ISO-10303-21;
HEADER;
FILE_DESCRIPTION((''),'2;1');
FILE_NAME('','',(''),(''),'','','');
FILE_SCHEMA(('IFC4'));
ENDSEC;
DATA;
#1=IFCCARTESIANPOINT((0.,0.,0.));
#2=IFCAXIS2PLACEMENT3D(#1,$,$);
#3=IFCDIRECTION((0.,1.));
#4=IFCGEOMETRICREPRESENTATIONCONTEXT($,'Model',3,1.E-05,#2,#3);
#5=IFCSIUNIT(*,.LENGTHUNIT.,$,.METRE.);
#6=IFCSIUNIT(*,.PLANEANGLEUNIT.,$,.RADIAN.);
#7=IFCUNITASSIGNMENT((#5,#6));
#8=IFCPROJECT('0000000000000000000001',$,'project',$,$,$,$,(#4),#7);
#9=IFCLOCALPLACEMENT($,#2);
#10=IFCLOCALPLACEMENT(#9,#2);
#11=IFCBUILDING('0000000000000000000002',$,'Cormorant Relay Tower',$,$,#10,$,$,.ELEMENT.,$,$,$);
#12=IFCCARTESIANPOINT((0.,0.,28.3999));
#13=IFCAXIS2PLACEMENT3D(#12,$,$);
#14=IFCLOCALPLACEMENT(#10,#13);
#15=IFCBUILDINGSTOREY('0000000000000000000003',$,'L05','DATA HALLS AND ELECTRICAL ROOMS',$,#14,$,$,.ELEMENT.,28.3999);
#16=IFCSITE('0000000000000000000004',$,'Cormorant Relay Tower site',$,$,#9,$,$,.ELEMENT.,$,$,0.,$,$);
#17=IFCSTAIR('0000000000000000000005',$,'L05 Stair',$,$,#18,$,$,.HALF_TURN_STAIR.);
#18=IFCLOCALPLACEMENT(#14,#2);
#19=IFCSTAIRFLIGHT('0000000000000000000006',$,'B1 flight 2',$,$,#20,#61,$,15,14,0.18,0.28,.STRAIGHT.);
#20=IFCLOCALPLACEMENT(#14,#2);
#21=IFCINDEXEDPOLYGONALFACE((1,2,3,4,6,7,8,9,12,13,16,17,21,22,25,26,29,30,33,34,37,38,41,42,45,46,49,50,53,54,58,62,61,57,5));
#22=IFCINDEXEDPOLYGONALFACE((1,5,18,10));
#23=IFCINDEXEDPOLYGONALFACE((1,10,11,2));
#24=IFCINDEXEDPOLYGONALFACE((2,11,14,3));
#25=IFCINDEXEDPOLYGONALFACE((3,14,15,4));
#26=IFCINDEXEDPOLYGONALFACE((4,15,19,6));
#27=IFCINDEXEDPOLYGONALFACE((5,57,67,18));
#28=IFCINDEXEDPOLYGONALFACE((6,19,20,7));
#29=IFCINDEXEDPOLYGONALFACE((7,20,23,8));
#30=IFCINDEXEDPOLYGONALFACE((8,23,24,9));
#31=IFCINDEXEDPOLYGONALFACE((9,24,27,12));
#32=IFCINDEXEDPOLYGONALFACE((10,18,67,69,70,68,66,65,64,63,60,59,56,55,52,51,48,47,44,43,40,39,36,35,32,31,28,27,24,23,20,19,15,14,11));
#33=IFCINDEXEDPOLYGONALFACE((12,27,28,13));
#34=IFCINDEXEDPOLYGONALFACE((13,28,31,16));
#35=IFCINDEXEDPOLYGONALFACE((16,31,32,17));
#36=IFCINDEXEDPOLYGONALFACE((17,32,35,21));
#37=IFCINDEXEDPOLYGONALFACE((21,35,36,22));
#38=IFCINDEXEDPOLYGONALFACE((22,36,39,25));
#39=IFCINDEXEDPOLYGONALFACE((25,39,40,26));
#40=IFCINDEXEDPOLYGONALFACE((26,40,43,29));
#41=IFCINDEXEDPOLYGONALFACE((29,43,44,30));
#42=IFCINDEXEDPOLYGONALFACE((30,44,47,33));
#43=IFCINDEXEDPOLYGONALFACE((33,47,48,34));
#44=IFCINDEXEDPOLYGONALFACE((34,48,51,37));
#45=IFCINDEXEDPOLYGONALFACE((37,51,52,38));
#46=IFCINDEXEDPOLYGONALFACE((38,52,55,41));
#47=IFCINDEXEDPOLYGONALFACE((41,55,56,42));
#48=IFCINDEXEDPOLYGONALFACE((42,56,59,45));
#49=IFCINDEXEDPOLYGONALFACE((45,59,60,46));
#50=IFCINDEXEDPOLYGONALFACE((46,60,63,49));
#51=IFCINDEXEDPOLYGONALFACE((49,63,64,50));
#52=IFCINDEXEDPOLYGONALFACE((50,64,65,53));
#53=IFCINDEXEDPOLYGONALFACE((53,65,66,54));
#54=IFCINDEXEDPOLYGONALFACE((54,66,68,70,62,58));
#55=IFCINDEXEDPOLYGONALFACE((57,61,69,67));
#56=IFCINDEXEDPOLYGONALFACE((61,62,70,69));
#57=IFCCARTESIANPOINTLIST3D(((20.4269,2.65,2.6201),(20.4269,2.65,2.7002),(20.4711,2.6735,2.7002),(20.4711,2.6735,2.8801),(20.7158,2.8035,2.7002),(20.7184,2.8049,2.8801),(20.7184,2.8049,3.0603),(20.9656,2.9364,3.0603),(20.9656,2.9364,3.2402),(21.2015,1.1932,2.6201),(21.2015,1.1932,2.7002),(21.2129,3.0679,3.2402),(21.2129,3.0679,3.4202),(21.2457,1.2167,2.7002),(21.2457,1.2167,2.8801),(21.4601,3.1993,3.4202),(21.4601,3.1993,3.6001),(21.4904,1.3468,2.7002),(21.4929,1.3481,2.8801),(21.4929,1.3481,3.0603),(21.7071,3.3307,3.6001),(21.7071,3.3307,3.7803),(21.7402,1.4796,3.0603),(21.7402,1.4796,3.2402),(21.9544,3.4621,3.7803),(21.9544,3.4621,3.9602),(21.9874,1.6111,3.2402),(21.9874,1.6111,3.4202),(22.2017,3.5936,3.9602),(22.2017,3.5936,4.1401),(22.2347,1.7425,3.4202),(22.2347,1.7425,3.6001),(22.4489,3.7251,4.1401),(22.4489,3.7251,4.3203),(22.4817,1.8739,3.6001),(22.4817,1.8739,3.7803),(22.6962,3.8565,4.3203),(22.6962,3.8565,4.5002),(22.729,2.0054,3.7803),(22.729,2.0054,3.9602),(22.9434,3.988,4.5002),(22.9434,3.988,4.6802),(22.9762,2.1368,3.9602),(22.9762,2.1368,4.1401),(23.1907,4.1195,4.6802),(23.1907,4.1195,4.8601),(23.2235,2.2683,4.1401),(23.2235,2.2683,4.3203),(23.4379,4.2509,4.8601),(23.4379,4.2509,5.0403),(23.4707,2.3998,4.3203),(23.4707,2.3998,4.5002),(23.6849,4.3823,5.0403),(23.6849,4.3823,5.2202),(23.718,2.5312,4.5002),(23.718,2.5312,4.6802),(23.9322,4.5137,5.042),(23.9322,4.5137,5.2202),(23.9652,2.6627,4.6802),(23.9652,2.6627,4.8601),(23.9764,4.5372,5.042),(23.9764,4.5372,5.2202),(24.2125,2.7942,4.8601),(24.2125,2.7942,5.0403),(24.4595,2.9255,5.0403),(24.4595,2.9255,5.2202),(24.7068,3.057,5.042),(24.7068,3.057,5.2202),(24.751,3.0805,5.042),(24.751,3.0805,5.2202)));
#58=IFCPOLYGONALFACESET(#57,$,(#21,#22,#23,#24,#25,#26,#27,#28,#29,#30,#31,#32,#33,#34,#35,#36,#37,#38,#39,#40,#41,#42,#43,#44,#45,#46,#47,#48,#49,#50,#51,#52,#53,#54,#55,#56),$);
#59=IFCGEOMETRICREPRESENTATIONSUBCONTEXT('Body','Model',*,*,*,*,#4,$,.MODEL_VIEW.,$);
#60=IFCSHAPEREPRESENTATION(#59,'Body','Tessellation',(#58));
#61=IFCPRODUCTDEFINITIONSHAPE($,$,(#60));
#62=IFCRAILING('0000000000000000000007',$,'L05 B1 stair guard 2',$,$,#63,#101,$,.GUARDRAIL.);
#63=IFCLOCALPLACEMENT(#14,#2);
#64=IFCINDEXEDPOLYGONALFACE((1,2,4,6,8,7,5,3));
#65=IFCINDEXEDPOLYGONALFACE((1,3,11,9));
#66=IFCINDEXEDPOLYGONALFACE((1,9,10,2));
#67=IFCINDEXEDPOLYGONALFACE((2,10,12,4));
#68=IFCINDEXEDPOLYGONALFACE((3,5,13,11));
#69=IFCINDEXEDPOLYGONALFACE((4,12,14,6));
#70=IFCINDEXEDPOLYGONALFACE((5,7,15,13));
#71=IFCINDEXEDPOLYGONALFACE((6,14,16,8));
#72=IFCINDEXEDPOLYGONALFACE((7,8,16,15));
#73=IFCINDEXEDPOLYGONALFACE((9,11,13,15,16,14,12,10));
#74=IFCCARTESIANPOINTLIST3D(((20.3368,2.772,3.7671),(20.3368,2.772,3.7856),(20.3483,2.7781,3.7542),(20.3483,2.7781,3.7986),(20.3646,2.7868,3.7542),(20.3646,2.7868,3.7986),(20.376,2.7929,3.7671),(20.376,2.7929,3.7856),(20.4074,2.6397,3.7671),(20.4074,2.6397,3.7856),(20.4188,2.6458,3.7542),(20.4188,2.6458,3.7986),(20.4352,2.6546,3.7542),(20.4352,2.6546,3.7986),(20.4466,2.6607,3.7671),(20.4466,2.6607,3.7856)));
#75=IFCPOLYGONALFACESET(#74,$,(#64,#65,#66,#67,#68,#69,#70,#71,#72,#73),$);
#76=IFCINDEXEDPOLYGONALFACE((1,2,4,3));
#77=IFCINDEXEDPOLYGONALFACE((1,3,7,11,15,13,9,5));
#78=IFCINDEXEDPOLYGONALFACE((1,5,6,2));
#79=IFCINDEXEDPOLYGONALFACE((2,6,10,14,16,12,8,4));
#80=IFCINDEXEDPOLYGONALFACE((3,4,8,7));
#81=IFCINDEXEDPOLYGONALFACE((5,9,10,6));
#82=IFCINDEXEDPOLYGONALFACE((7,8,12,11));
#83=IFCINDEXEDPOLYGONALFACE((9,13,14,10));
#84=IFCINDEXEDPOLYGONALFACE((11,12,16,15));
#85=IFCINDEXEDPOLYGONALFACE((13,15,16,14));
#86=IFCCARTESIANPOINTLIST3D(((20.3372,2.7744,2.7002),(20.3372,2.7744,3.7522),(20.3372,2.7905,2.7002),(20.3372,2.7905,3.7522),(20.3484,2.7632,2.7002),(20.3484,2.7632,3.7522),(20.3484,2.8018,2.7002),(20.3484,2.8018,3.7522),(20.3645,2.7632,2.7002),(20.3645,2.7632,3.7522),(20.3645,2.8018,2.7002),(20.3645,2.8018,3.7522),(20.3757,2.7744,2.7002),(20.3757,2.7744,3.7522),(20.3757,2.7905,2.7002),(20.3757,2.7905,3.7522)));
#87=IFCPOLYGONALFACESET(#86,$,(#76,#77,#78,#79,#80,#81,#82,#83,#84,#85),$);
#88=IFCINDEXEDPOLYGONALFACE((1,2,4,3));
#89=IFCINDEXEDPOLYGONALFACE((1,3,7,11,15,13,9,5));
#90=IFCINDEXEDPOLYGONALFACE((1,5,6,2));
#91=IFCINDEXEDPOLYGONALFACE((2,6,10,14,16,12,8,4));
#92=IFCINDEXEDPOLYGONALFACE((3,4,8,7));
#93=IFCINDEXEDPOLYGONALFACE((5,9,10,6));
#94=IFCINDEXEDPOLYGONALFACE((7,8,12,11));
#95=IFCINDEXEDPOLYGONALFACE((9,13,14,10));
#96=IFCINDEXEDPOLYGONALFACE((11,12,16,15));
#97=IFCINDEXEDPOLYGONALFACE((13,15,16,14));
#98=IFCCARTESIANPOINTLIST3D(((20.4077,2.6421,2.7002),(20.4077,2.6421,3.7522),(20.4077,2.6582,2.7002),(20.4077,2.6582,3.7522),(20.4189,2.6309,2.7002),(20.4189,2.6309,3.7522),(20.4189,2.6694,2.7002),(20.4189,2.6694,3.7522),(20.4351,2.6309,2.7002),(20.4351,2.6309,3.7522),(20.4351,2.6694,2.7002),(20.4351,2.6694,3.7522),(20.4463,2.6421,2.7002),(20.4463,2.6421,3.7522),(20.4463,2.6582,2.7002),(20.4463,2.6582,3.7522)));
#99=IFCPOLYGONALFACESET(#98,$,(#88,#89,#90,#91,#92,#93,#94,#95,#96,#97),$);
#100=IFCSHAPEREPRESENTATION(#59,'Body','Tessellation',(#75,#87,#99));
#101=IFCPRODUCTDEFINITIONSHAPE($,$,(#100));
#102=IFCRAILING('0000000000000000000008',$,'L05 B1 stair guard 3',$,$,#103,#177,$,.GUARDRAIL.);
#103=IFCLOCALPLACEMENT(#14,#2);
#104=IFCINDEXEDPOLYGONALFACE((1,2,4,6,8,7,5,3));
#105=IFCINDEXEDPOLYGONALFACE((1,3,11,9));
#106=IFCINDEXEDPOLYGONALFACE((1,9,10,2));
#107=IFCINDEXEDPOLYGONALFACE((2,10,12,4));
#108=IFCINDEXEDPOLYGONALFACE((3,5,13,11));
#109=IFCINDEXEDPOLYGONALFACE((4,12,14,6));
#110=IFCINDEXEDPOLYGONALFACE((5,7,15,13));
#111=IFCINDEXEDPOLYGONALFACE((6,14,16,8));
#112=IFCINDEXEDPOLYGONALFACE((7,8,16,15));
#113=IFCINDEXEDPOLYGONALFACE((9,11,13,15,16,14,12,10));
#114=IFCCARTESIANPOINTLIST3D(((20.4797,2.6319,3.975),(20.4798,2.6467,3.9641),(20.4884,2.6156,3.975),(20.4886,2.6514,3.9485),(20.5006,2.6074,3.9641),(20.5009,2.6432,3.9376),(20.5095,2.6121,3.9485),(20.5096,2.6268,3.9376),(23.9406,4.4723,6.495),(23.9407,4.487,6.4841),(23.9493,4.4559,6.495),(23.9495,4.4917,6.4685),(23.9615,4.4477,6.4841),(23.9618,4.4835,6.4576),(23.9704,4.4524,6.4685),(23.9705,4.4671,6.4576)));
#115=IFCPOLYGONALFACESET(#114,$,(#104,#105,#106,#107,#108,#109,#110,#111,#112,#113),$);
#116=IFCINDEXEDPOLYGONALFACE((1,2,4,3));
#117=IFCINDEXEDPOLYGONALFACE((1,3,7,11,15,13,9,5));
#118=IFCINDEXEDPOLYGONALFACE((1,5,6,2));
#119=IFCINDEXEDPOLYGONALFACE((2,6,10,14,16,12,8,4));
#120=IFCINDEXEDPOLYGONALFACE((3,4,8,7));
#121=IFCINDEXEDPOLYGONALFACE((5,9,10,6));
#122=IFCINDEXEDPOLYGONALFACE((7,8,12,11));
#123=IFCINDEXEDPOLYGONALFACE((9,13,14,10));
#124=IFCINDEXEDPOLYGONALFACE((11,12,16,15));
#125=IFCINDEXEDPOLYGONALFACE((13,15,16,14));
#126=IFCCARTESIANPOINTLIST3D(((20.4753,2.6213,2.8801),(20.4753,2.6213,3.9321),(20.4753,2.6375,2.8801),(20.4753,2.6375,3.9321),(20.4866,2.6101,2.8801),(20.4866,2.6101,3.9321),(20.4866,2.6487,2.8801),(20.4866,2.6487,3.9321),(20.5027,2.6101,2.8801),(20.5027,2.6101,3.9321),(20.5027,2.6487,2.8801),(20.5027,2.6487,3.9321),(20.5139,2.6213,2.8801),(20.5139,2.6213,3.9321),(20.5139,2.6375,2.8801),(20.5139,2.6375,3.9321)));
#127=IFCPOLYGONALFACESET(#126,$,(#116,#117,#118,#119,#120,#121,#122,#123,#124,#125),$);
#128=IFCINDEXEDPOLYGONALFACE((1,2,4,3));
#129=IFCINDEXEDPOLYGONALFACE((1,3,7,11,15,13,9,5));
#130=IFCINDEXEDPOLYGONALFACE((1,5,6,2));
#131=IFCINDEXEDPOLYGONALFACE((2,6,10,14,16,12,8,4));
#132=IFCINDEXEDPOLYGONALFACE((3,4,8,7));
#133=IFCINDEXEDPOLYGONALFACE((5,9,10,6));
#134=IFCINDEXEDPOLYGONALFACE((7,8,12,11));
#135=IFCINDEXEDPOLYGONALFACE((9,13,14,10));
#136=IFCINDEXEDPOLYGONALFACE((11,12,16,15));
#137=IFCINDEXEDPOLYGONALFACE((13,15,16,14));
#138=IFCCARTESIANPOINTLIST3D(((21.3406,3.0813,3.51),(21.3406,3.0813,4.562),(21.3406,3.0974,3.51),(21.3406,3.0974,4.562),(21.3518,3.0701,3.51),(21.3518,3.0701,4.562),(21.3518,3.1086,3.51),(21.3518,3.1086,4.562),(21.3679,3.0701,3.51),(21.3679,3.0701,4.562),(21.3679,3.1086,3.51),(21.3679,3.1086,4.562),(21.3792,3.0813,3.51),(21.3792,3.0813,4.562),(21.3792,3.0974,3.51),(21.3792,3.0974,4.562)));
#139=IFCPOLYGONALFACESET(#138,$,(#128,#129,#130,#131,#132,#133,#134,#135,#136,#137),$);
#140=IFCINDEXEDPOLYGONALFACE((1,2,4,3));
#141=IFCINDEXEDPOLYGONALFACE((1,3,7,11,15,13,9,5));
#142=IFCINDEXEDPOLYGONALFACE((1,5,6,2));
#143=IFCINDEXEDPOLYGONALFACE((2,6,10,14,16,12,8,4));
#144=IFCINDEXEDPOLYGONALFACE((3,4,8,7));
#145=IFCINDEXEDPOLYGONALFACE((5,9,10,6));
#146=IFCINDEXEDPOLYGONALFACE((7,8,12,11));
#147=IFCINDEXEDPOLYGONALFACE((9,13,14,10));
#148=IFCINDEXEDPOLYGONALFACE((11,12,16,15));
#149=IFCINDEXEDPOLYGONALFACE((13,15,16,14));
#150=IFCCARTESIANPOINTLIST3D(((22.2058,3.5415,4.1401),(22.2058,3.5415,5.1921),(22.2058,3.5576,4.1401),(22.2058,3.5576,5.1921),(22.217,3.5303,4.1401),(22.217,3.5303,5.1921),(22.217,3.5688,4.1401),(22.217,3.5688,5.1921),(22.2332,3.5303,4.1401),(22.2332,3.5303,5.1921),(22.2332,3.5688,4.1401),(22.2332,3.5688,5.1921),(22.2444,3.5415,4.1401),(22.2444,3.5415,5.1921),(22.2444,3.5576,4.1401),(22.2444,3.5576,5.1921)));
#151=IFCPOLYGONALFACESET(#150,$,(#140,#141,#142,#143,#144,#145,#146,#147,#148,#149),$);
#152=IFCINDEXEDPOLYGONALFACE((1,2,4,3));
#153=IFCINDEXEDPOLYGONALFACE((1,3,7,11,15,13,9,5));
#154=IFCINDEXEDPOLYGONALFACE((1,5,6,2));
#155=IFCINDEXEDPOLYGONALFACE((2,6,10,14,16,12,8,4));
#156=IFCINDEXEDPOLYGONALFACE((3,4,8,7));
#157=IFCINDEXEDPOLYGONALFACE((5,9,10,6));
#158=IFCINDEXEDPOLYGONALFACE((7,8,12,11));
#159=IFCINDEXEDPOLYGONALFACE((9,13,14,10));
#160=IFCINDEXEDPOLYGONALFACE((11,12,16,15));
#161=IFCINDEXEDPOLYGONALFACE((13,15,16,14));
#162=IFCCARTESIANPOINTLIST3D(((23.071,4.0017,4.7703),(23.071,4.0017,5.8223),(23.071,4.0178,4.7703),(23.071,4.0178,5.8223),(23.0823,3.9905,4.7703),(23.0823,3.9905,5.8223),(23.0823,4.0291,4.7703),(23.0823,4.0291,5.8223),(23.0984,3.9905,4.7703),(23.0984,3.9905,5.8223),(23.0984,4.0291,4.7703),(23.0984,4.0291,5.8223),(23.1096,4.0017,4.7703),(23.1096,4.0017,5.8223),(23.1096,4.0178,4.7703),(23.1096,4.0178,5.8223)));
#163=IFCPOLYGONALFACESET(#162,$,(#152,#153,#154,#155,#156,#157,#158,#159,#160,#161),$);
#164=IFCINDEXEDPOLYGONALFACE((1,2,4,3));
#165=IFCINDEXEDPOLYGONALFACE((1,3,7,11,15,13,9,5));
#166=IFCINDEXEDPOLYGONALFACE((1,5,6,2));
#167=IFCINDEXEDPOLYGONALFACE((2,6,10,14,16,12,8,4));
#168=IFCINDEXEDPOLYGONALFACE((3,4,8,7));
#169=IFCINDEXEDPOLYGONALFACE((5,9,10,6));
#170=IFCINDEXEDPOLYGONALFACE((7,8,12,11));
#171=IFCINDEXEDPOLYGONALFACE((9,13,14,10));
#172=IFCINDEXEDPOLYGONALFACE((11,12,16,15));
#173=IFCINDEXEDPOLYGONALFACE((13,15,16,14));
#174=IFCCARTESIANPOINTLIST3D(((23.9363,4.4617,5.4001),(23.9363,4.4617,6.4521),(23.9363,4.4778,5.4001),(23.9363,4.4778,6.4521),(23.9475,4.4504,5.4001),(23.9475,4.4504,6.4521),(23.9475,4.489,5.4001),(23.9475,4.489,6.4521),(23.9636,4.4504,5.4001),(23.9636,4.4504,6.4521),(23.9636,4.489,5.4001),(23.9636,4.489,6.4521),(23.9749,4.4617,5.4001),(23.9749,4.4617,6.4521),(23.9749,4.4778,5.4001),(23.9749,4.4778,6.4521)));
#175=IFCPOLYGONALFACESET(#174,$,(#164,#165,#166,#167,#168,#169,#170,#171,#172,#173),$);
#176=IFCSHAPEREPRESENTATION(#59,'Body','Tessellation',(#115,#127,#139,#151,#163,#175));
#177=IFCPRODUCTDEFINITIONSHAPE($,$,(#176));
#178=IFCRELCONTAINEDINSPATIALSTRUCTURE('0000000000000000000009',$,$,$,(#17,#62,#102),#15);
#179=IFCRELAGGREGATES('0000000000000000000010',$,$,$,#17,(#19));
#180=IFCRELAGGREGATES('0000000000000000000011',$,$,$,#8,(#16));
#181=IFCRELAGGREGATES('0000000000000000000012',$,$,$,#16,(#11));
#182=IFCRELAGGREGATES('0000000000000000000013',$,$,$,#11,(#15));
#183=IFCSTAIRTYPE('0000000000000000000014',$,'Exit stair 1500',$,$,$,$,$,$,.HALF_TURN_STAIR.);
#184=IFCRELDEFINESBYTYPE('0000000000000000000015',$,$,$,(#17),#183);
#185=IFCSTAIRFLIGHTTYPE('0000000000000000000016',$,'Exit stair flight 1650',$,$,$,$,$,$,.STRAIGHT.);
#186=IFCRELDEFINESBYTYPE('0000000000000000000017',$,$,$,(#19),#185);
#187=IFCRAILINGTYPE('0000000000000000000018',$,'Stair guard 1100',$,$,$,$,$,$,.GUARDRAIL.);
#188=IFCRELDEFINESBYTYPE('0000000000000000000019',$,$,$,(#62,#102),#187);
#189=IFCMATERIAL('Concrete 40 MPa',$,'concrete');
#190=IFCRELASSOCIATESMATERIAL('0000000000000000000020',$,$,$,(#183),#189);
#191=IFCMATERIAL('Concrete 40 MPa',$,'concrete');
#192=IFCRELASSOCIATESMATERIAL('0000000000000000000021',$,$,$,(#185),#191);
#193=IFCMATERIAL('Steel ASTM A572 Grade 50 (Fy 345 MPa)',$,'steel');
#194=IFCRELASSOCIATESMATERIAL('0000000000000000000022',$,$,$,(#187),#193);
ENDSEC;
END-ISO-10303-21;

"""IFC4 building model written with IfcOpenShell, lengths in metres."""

from ifc_helpers import new_model, si_unit, direction, frame, origin, place, context, subcontext, project, spatial, polyline, outline, extrude, material, type_object, element, aggregate, save


model = new_model("IFC4")

# Units and contexts
model_context = context("Model", 3, precision=1e-05, world=origin(), true_north=direction((0.0, 1.0)))
body_context = subcontext(model_context, "Body", "Model", "MODEL_VIEW")
ifc_project = project(units=[si_unit("LENGTHUNIT", "METRE"), si_unit("PLANEANGLEUNIT", "RADIAN")], contexts=[model_context])

# Site, building, storey
site_placement = place(None, origin())
site = spatial("IfcSite", under=ifc_project, at=site_placement, Name="Cormorant Relay Tower site", CompositionType="ELEMENT", RefElevation=0.0)
building_placement = place(site_placement, origin())
building = spatial("IfcBuilding", under=site, at=building_placement, Name="Cormorant Relay Tower", CompositionType="ELEMENT")
storey_placement = place(building_placement, frame((0.0, 0.0, 28.3999)))
storey = spatial("IfcBuildingStorey", under=building, at=storey_placement, Name="L05", Description="DATA HALLS AND ELECTRICAL ROOMS", CompositionType="ELEMENT", Elevation=28.3999)

# Shared definitions
ifc_material_1 = material(Name="Concrete 40 MPa", Category="concrete")
stair_type = type_object("IfcStairType", Name="Exit stair 1500", PredefinedType="HALF_TURN_STAIR", material=ifc_material_1)

# Stair, stair flight
stair_1_placement = place(storey_placement, origin())
stair_1 = element("IfcStair", 1, at=stair_1_placement, inside=storey, type_object=stair_type, Name="L05 Stair", PredefinedType="HALF_TURN_STAIR")
ifc_material_2 = material(Name="Concrete 40 MPa", Category="concrete")
stair_flight_type = type_object("IfcStairFlightType", Name="Exit stair flight 1650", PredefinedType="STRAIGHT", material=ifc_material_2)
stair_flight_placement = place(storey_placement, frame((20.8584, 1.9451, 2.7002), z_axis=(0.0, 0.0, 1.0), x_axis=(0.882948, 0.469472, 0.0)))
stair_flight = element("IfcStairFlight", 2, at=stair_flight_placement, type_object=stair_flight_type, Name="B1 flight 2", NumberOfRisers=15, NumberOfTreads=14, PredefinedType="STRAIGHT", RiserHeight=0.18, TreadLength=0.28, context=body_context, shape_type="SweptSolid", body=[
    extrude(outline(polyline([(-0.05, -0.0801), (-0.05, 0.0), (0.0, 0.0), (0.0, 0.1799), (0.28, 0.1799), (0.28, 0.3601), (0.5601, 0.3601), (0.5601, 0.54), (0.8401, 0.54), (0.8401, 0.72), (1.1201, 0.72), (1.1201, 0.8999), (1.3999, 0.8999), (1.3999, 1.0801), (1.6799, 1.0801), (1.6799, 1.26), (1.96, 1.26), (1.96, 1.4399), (2.24, 1.4399), (2.24, 1.6201), (2.52, 1.6201), (2.52, 1.8), (2.8, 1.8), (2.8, 1.98), (3.0801, 1.98), (3.0801, 2.1599), (3.3601, 2.1599), (3.3601, 2.3401), (3.6399, 2.3401), (3.6399, 2.52), (3.9199, 2.52), (3.97, 2.52), (3.97, 2.3418), (3.9199, 2.3418), (0.2771, 0.0), (-0.05, -0.0801)])), frame((0.0, 0.825, 0.0), z_axis=(0.0, -1.0, 0.0), x_axis=(1.0, 0.0, 0.0)), (0.0, 0.0, 1.0), 1.6499),
])
aggregate(stair_1, [stair_flight])

# Railings
ifc_material_3 = material(Name="Steel ASTM A572 Grade 50 (Fy 345 MPa)", Category="steel")
railing_type_1 = type_object("IfcRailingType", Name="Stair guard 1100", PredefinedType="GUARDRAIL", material=ifc_material_3)
railing_1_placement = place(storey_placement, frame((20.3564, 2.7825, 2.7002)))
element("IfcRailing", 3, at=railing_1_placement, inside=storey, type_object=railing_type_1, Name="L05 B1 stair guard 2", PredefinedType="GUARDRAIL", context=body_context, shape_type="SweptSolid", body=[
    extrude(outline(polyline([(0.0222, 0.0093), (0.0093, 0.0222), (-0.0093, 0.0222), (-0.0222, 0.0093), (-0.0222, -0.0093), (-0.0093, -0.0222), (0.0093, -0.0222), (0.0222, -0.0093), (0.0222, 0.0093)])), frame((0.0, 0.0, 1.0762), z_axis=(0.470504, -0.882398, 0.0), x_axis=(0.882398, 0.470504, 0.0)), (0.0, 0.0, 1.0), 0.1499),
    extrude(outline(polyline([(0.0193, 0.0081), (0.0081, 0.0193), (-0.0081, 0.0193), (-0.0193, 0.0081), (-0.0193, -0.0081), (-0.0081, -0.0193), (0.0081, -0.0193), (0.0193, -0.0081), (0.0193, 0.0081)])), origin(), (0.0, 0.0, 1.0), 1.052),
    extrude(outline(polyline([(0.0193, 0.0081), (0.0081, 0.0193), (-0.0081, 0.0193), (-0.0193, 0.0081), (-0.0193, -0.0081), (-0.0081, -0.0193), (0.0081, -0.0193), (0.0193, -0.0081), (0.0193, 0.0081)])), frame((0.0706, -0.1323, 0.0)), (0.0, 0.0, 1.0), 1.052),
])
railing_2_placement = place(storey_placement, frame((20.4946, 2.6294, 2.8801)))
element("IfcRailing", 4, at=railing_2_placement, inside=storey, type_object=railing_type_1, Name="L05 B1 stair guard 3", PredefinedType="GUARDRAIL", context=body_context, shape_type="SweptSolid", body=[
    extrude(outline(polyline([(0.0222, 0.0093), (0.0093, 0.0222), (-0.0093, 0.0222), (-0.0222, 0.0093), (-0.0222, -0.0093), (-0.0093, -0.0222), (0.0093, -0.0222), (0.0222, -0.0093), (0.0222, 0.0093)])), frame((0.0, 0.0, 1.0762), z_axis=(0.742694, 0.394923, 0.540779), x_axis=(-0.469495, 0.882935, 0.0)), (0.0, 0.0, 1.0), 4.6599),
    extrude(outline(polyline([(0.0193, 0.0081), (0.0081, 0.0193), (-0.0081, 0.0193), (-0.0193, 0.0081), (-0.0193, -0.0081), (-0.0081, -0.0193), (0.0081, -0.0193), (0.0193, -0.0081), (0.0193, 0.0081)])), origin(), (0.0, 0.0, 1.0), 1.052),
    extrude(outline(polyline([(0.0193, 0.0081), (0.0081, 0.0193), (-0.0081, 0.0193), (-0.0193, 0.0081), (-0.0193, -0.0081), (-0.0081, -0.0193), (0.0081, -0.0193), (0.0193, -0.0081), (0.0193, 0.0081)])), frame((0.8652, 0.46, 0.6299)), (0.0, 0.0, 1.0), 1.052),
    extrude(outline(polyline([(0.0193, 0.0081), (0.0081, 0.0193), (-0.0081, 0.0193), (-0.0193, 0.0081), (-0.0193, -0.0081), (-0.0081, -0.0193), (0.0081, -0.0193), (0.0193, -0.0081), (0.0193, 0.0081)])), frame((1.7305, 0.9202, 1.26)), (0.0, 0.0, 1.0), 1.052),
    extrude(outline(polyline([(0.0193, 0.0081), (0.0081, 0.0193), (-0.0081, 0.0193), (-0.0193, 0.0081), (-0.0193, -0.0081), (-0.0081, -0.0193), (0.0081, -0.0193), (0.0193, -0.0081), (0.0193, 0.0081)])), frame((2.5957, 1.3804, 1.8901)), (0.0, 0.0, 1.0), 1.052),
    extrude(outline(polyline([(0.0193, 0.0081), (0.0081, 0.0193), (-0.0081, 0.0193), (-0.0193, 0.0081), (-0.0193, -0.0081), (-0.0081, -0.0193), (0.0081, -0.0193), (0.0193, -0.0081), (0.0193, 0.0081)])), frame((3.4609, 1.8403, 2.52)), (0.0, 0.0, 1.0), 1.052),
])

save(model, "model.ifc")
